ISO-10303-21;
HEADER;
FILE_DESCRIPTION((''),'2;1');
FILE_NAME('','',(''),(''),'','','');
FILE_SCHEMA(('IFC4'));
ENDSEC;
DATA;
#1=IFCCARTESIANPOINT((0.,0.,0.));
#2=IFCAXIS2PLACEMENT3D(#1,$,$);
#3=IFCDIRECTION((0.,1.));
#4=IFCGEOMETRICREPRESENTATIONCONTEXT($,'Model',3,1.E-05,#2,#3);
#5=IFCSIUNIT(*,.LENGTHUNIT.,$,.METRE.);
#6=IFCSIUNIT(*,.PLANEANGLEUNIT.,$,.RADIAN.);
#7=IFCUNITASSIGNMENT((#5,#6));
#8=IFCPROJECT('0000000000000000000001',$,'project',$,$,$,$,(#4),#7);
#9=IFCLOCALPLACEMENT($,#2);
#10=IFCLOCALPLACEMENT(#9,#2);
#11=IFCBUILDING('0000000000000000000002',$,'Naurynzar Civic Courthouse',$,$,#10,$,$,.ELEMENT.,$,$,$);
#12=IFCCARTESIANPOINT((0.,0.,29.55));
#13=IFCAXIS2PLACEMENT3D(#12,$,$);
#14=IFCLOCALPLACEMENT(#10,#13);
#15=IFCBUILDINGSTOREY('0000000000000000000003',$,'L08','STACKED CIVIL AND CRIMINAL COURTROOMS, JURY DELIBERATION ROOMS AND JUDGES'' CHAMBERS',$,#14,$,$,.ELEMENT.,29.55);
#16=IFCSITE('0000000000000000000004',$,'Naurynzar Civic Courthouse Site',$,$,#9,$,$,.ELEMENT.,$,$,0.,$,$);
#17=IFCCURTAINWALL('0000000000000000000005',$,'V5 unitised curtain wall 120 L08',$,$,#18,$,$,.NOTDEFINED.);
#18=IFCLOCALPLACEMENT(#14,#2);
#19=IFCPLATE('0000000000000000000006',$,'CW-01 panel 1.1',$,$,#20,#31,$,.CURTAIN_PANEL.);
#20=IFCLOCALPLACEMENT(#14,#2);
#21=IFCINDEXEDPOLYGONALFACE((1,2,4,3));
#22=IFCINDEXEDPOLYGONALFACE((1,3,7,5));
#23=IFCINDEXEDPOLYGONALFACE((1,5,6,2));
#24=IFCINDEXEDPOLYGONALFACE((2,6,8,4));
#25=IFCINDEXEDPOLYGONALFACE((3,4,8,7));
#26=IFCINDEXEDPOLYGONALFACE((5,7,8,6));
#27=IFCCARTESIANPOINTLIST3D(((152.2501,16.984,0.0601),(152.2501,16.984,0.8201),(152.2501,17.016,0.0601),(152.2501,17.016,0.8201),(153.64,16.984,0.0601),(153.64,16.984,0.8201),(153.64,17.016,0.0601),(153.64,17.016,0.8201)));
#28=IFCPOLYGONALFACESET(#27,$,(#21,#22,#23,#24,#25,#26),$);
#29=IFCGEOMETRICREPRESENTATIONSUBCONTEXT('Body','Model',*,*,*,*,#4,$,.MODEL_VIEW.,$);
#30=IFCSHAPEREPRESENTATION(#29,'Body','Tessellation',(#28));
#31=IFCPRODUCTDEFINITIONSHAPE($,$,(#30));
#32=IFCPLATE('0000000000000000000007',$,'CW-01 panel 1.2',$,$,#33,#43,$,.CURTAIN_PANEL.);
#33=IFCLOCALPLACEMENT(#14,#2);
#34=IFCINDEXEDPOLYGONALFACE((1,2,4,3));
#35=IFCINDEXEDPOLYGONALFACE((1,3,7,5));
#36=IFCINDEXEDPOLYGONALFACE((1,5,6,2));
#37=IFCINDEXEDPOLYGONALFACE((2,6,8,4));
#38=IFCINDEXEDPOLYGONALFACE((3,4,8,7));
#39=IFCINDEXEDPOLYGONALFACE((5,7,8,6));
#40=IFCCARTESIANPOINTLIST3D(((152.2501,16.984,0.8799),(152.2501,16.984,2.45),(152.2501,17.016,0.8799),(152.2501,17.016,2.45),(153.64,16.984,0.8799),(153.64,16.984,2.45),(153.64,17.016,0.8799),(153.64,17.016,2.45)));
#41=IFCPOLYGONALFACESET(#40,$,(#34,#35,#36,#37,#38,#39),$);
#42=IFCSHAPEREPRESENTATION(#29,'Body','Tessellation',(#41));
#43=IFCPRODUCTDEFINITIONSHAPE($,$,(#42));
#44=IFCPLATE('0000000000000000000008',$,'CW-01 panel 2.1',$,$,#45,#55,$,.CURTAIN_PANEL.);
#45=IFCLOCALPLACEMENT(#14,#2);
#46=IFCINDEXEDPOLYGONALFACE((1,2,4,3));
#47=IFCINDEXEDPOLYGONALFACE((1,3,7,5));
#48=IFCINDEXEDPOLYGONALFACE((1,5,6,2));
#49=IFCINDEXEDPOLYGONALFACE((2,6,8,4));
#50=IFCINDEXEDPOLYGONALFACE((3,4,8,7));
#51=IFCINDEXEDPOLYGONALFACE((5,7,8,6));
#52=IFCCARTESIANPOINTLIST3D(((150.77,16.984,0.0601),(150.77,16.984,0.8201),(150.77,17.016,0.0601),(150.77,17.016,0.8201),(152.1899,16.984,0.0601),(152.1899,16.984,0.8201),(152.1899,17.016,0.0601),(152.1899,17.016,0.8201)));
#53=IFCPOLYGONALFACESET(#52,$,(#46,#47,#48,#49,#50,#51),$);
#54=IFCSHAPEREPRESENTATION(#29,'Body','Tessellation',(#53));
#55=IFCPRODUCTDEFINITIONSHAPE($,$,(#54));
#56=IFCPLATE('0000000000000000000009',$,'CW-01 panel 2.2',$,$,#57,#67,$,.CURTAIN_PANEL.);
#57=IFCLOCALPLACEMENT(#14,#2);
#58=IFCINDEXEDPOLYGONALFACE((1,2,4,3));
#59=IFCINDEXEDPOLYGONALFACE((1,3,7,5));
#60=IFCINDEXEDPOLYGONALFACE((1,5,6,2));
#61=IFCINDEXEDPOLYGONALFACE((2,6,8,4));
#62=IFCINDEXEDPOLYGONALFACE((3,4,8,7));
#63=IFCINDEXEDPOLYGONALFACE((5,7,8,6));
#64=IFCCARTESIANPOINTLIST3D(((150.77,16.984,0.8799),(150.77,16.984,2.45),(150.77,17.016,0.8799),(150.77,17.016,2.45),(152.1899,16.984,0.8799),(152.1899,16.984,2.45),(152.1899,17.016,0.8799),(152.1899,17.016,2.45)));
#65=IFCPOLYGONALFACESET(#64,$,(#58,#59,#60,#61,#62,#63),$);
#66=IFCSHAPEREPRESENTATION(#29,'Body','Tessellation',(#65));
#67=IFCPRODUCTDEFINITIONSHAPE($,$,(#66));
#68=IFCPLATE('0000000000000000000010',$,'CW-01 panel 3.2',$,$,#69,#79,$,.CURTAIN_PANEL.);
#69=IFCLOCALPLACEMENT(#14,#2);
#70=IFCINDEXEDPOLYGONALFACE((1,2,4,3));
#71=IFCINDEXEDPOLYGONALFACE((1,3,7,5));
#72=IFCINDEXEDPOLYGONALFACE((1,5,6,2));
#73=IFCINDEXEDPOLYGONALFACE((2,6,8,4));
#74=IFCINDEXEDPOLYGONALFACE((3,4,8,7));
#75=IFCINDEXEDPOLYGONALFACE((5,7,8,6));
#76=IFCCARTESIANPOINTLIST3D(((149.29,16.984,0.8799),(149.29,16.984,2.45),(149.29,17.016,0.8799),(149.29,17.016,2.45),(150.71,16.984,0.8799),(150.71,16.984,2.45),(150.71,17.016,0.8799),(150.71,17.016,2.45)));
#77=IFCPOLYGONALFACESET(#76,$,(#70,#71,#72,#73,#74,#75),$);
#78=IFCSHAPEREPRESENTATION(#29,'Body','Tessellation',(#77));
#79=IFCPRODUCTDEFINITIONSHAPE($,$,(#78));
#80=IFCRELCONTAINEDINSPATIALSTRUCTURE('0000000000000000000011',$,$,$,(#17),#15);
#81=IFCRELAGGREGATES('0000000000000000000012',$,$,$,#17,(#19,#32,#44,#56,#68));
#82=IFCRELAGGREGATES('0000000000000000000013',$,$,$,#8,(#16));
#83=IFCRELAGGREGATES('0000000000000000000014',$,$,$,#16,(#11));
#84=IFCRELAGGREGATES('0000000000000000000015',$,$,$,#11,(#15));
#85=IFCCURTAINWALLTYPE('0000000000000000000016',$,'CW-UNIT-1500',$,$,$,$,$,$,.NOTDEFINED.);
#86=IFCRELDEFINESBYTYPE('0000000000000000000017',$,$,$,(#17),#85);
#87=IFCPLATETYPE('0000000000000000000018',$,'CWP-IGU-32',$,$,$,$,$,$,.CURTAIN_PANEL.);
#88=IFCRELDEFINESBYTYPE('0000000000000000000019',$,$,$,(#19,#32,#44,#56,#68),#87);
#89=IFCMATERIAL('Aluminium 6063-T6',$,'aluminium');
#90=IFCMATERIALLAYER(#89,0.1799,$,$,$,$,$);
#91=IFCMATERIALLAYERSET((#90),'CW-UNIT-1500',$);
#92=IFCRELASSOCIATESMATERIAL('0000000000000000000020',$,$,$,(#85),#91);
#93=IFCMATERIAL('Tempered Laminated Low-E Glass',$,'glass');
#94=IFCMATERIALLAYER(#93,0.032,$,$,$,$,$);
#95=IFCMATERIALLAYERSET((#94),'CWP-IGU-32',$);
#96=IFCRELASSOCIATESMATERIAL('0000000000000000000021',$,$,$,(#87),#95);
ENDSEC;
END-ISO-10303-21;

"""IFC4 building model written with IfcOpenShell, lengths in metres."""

from ifc_helpers import new_model, si_unit, direction, frame, origin, origin_2d, place, context, subcontext, project, spatial, rectangle, extrude, material, layer, layer_set, type_object, element, aggregate, save


model = new_model("IFC4")

# Units and contexts
model_context = context("Model", 3, precision=1e-05, world=origin(), true_north=direction((0.0, 1.0)))
body_context = subcontext(model_context, "Body", "Model", "MODEL_VIEW")
ifc_project = project(units=[si_unit("LENGTHUNIT", "METRE"), si_unit("PLANEANGLEUNIT", "RADIAN")], contexts=[model_context])

# Site, building, storey
site_placement = place(None, origin())
site = spatial("IfcSite", under=ifc_project, at=site_placement, Name="Naurynzar Civic Courthouse Site", CompositionType="ELEMENT", RefElevation=0.0)
building_placement = place(site_placement, origin())
building = spatial("IfcBuilding", under=site, at=building_placement, Name="Naurynzar Civic Courthouse", CompositionType="ELEMENT")
storey_placement = place(building_placement, frame((0.0, 0.0, 29.55)))
storey = spatial("IfcBuildingStorey", under=building, at=storey_placement, Name="L08", Description="STACKED CIVIL AND CRIMINAL COURTROOMS, JURY DELIBERATION ROOMS AND JUDGES' CHAMBERS", CompositionType="ELEMENT", Elevation=29.55)

# Curtain wall, plates
ifc_material_1 = material(Name="Aluminium 6063-T6", Category="aluminium")
ifc_layer_1 = layer(ifc_material_1, 0.1799)
ifc_layer_set_1 = layer_set([ifc_layer_1], Name="CW-UNIT-1500")
curtain_wall_type = type_object("IfcCurtainWallType", Name="CW-UNIT-1500", PredefinedType="NOTDEFINED", material=ifc_layer_set_1)
curtain_wall_placement = place(storey_placement, origin())
curtain_wall = element("IfcCurtainWall", 1, at=curtain_wall_placement, inside=storey, type_object=curtain_wall_type, Name="V5 unitised curtain wall 120 L08", PredefinedType="NOTDEFINED")
ifc_material_2 = material(Name="Tempered Laminated Low-E Glass", Category="glass")
ifc_layer_2 = layer(ifc_material_2, 0.032)
ifc_layer_set_2 = layer_set([ifc_layer_2], Name="CWP-IGU-32")
plate_type = type_object("IfcPlateType", Name="CWP-IGU-32", PredefinedType="CURTAIN_PANEL", material=ifc_layer_set_2)
plate_1_placement = place(storey_placement, frame((152.9451, 17.0, 0.0601), z_axis=(0.0, 0.0, 1.0), x_axis=(-1.0, 0.0, 0.0)))
plate_1 = element("IfcPlate", 2, at=plate_1_placement, type_object=plate_type, Name="CW-01 panel 1.1", PredefinedType="CURTAIN_PANEL", context=body_context, shape_type="SweptSolid", body=[
    extrude(rectangle(XDim=1.3899, YDim=0.032, at=origin_2d()), origin(), (0.0, 0.0, 1.0), 0.76),
])
plate_2_placement = place(storey_placement, frame((152.9451, 17.0, 0.8799), z_axis=(0.0, 0.0, 1.0), x_axis=(-1.0, 0.0, 0.0)))
plate_2 = element("IfcPlate", 3, at=plate_2_placement, type_object=plate_type, Name="CW-01 panel 1.2", PredefinedType="CURTAIN_PANEL", context=body_context, shape_type="SweptSolid", body=[
    extrude(rectangle(XDim=1.3899, YDim=0.032, at=origin_2d()), origin(), (0.0, 0.0, 1.0), 1.5701),
])
plate_3_placement = place(storey_placement, frame((151.48, 17.0, 0.0601), z_axis=(0.0, 0.0, 1.0), x_axis=(-1.0, 0.0, 0.0)))
plate_3 = element("IfcPlate", 4, at=plate_3_placement, type_object=plate_type, Name="CW-01 panel 2.1", PredefinedType="CURTAIN_PANEL", context=body_context, shape_type="SweptSolid", body=[
    extrude(rectangle(XDim=1.4199, YDim=0.032, at=origin_2d()), origin(), (0.0, 0.0, 1.0), 0.76),
])
plate_4_placement = place(storey_placement, frame((151.48, 17.0, 0.8799), z_axis=(0.0, 0.0, 1.0), x_axis=(-1.0, 0.0, 0.0)))
plate_4 = element("IfcPlate", 5, at=plate_4_placement, type_object=plate_type, Name="CW-01 panel 2.2", PredefinedType="CURTAIN_PANEL", context=body_context, shape_type="SweptSolid", body=[
    extrude(rectangle(XDim=1.4199, YDim=0.032, at=origin_2d()), origin(), (0.0, 0.0, 1.0), 1.5701),
])
plate_5_placement = place(storey_placement, frame((150.0, 17.0, 0.8799), z_axis=(0.0, 0.0, 1.0), x_axis=(-1.0, 0.0, 0.0)))
plate_5 = element("IfcPlate", 6, at=plate_5_placement, type_object=plate_type, Name="CW-01 panel 3.2", PredefinedType="CURTAIN_PANEL", context=body_context, shape_type="SweptSolid", body=[
    extrude(rectangle(XDim=1.4199, YDim=0.032, at=origin_2d()), origin(), (0.0, 0.0, 1.0), 1.5701),
])
aggregate(curtain_wall, [plate_1, plate_2, plate_3, plate_4, plate_5])

save(model, "model.ifc")
